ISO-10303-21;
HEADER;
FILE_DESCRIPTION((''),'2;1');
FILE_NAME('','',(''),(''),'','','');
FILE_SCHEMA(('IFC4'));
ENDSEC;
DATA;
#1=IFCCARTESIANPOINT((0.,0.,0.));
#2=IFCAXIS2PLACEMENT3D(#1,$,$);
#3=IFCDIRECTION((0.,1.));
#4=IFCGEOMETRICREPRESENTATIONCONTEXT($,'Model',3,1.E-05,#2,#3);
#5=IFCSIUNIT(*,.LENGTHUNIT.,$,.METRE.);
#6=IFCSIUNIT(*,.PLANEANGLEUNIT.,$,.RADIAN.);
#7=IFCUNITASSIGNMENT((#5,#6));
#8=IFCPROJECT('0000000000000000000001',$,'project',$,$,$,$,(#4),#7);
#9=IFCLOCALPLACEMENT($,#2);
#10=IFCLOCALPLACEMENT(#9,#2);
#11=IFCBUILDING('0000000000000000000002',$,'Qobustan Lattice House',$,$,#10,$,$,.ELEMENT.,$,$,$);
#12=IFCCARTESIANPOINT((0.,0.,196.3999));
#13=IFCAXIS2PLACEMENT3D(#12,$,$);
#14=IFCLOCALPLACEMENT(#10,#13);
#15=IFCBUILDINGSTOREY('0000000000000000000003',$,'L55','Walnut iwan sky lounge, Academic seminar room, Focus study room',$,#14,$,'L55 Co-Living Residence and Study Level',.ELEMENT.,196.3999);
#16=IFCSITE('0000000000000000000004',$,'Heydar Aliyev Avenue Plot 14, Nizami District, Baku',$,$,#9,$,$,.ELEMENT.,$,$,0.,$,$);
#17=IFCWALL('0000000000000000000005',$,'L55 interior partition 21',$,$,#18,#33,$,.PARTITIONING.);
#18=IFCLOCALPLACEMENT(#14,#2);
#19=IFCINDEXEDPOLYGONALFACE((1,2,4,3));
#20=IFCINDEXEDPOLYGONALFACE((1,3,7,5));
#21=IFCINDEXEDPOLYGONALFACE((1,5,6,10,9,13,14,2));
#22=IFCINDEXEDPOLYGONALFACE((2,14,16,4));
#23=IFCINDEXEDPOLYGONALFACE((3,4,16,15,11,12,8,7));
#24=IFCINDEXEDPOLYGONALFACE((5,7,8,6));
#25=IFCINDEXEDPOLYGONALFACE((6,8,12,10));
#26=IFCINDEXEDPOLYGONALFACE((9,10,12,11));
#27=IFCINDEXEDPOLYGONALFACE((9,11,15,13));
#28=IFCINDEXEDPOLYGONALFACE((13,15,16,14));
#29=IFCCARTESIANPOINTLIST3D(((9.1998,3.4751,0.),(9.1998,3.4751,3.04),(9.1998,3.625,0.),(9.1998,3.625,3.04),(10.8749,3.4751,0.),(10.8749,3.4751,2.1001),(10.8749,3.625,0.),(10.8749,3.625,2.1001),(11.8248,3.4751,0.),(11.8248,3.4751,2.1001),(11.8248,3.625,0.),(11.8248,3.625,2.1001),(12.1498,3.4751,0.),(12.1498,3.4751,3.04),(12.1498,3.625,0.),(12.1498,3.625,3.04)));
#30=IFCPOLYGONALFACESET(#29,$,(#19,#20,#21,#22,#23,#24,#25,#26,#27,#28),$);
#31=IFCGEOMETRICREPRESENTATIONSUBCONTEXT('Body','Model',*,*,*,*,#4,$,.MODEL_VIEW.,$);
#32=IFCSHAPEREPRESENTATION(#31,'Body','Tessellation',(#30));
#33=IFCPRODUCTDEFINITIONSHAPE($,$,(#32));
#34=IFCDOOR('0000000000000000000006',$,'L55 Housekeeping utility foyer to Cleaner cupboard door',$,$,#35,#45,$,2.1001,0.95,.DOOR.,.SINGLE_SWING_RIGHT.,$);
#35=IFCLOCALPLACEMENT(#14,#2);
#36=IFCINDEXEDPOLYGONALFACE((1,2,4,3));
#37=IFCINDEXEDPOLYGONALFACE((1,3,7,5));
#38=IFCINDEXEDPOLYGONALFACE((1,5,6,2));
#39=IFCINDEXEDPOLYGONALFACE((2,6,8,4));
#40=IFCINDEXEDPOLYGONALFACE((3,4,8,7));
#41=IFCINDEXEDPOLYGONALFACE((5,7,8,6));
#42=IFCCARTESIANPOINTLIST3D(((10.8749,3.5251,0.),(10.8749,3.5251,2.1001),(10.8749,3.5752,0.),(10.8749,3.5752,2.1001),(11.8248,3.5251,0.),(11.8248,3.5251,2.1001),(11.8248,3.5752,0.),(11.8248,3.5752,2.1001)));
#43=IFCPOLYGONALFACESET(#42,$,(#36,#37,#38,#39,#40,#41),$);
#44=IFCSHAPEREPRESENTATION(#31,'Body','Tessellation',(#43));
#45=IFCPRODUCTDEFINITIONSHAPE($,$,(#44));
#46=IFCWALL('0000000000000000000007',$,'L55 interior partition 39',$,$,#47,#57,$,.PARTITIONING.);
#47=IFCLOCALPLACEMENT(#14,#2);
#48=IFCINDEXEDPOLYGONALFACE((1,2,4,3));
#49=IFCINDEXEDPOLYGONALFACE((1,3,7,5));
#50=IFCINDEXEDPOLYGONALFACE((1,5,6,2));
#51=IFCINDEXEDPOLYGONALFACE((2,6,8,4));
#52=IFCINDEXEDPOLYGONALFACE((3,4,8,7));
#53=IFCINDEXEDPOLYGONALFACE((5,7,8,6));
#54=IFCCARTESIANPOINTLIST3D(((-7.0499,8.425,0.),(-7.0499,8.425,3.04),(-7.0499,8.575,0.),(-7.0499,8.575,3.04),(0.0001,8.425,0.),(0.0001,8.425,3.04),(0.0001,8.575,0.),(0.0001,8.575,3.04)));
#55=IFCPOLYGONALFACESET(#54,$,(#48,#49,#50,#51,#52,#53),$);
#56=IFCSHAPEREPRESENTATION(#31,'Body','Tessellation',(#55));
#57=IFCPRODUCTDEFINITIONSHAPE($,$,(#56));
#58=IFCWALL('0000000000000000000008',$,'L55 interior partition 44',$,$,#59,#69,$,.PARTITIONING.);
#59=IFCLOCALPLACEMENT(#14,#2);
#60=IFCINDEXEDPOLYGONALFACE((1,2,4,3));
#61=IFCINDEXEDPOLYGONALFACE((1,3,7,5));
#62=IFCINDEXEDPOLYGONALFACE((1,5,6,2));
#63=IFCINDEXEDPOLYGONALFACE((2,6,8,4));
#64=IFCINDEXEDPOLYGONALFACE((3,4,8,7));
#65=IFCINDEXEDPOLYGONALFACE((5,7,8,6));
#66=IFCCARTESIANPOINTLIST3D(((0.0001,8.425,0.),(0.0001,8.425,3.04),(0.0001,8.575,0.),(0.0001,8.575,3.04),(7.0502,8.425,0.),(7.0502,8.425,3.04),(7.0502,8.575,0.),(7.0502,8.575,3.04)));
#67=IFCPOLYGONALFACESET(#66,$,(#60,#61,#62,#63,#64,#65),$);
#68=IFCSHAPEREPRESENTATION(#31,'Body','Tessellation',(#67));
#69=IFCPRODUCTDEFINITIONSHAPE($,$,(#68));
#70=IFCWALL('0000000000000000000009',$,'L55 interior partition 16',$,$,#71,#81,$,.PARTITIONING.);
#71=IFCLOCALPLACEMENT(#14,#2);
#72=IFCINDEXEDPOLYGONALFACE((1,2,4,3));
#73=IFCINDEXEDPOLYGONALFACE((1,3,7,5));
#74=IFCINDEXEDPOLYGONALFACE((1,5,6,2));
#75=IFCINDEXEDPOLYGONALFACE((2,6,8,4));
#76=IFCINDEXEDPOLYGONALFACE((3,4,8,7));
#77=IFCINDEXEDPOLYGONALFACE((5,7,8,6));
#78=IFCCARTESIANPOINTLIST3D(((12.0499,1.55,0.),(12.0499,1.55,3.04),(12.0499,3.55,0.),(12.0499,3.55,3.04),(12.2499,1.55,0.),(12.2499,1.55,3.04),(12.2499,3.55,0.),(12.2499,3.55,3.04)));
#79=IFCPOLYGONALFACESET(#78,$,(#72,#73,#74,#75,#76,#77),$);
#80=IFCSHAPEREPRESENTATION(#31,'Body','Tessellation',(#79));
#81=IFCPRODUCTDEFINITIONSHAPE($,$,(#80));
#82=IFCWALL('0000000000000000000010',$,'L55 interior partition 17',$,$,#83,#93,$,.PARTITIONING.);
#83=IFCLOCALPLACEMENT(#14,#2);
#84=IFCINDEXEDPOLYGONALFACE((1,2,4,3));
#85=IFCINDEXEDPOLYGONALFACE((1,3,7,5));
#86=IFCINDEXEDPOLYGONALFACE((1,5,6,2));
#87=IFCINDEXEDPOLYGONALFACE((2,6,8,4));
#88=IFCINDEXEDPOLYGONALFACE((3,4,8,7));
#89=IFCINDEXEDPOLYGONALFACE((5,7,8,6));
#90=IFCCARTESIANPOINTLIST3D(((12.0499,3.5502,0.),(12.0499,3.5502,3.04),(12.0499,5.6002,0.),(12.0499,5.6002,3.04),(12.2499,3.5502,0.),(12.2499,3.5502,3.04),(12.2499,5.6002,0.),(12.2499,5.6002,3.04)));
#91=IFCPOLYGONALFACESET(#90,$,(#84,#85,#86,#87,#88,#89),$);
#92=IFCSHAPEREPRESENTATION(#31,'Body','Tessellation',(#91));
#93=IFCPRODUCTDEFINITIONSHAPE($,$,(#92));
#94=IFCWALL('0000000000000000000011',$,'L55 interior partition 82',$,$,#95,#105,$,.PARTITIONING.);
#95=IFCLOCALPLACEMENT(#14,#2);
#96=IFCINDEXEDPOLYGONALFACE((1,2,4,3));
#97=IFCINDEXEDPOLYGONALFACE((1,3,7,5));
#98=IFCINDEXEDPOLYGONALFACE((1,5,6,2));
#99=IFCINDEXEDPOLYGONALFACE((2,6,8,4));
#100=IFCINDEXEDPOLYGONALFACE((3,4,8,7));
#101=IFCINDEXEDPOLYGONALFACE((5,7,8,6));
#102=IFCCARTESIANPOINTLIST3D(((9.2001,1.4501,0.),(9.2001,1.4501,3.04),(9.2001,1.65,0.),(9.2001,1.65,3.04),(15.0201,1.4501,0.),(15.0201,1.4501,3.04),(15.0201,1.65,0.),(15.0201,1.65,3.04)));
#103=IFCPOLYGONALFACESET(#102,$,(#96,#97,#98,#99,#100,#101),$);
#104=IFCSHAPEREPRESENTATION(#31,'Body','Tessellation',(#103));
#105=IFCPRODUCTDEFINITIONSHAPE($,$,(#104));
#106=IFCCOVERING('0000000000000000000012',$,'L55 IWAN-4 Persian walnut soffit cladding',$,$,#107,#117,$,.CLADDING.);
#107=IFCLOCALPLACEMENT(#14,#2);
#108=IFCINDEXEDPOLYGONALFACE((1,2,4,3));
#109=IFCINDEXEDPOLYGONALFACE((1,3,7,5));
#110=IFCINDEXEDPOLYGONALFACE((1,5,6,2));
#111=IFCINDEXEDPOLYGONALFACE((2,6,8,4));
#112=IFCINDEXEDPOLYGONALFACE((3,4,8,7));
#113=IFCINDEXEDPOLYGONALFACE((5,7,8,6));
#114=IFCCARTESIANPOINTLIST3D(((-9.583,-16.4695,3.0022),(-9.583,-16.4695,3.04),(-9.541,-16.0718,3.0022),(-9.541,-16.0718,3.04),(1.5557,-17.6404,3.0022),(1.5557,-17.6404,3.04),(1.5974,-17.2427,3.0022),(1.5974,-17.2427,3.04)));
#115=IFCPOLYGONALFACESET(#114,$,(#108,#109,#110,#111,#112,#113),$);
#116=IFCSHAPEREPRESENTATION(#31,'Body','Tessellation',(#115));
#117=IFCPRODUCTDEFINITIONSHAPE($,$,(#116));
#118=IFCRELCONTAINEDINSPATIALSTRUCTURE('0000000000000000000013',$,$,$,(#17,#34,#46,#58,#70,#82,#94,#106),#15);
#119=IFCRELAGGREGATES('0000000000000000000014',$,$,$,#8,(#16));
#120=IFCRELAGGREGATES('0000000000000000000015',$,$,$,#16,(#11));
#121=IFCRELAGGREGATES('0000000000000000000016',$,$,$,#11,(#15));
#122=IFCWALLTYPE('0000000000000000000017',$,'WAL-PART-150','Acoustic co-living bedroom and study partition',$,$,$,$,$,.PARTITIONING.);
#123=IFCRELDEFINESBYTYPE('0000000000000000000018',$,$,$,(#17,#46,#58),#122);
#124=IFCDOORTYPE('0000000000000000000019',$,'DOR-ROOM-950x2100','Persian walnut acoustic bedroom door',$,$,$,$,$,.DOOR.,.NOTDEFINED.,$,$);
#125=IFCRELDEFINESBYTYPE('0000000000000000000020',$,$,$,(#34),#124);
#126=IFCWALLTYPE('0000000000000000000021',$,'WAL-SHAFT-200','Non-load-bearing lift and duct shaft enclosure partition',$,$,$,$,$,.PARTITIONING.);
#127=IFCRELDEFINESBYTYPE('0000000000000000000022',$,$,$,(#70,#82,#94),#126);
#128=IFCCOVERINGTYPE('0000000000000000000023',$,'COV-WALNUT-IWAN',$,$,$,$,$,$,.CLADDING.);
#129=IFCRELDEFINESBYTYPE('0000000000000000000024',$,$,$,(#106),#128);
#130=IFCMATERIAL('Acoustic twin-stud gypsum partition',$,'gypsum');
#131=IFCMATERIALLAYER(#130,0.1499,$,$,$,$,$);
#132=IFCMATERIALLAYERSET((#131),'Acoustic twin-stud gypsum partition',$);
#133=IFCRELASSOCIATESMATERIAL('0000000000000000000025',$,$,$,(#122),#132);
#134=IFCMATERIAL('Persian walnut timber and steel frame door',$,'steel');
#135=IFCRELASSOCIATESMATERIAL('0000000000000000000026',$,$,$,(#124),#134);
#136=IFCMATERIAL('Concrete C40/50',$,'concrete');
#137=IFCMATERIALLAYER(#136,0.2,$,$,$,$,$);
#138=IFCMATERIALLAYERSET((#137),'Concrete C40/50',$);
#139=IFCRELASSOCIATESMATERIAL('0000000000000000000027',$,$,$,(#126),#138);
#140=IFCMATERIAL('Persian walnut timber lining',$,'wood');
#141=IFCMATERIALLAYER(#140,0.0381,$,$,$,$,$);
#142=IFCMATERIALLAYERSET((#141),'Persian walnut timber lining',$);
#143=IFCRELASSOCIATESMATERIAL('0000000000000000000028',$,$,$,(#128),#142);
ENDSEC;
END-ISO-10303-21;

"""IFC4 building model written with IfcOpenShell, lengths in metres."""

from ifc_helpers import new_model, si_unit, direction, frame, frame_2d, origin, place, context, subcontext, project, spatial, polyline, rectangle, outline, extrude, material, layer, layer_set, type_object, element, fill, save


model = new_model("IFC4")

# Units and contexts
model_context = context("Model", 3, precision=1e-05, world=origin(), true_north=direction((0.0, 1.0)))
body_context = subcontext(model_context, "Body", "Model", "MODEL_VIEW")
ifc_project = project(units=[si_unit("LENGTHUNIT", "METRE"), si_unit("PLANEANGLEUNIT", "RADIAN")], contexts=[model_context])

# Site, building, storey
site_placement = place(None, origin())
site = spatial("IfcSite", under=ifc_project, at=site_placement, Name="Heydar Aliyev Avenue Plot 14, Nizami District, Baku", CompositionType="ELEMENT", RefElevation=0.0)
building_placement = place(site_placement, origin())
building = spatial("IfcBuilding", under=site, at=building_placement, Name="Qobustan Lattice House", CompositionType="ELEMENT")
storey_placement = place(building_placement, frame((0.0, 0.0, 196.3999)))
storey = spatial("IfcBuildingStorey", under=building, at=storey_placement, Name="L55", Description="Walnut iwan sky lounge, Academic seminar room, Focus study room", LongName="L55 Co-Living Residence and Study Level", CompositionType="ELEMENT", Elevation=196.3999)

# Wall, opening, door
ifc_material_1 = material(Name="Acoustic twin-stud gypsum partition", Category="gypsum")
ifc_layer_1 = layer(ifc_material_1, 0.1499)
ifc_layer_set_1 = layer_set([ifc_layer_1], Name="Acoustic twin-stud gypsum partition")
wall_type_1 = type_object("IfcWallType", Name="WAL-PART-150", Description="Acoustic co-living bedroom and study partition", PredefinedType="PARTITIONING", material=ifc_layer_set_1)
wall_1_placement = place(storey_placement, frame((12.1499, 3.55, 0.0), z_axis=(0.0, 0.0, 1.0), x_axis=(-1.0, 0.0, 0.0)))
wall_1 = element("IfcWall", 1, at=wall_1_placement, inside=storey, type_object=wall_type_1, Name="L55 interior partition 21", PredefinedType="PARTITIONING", context=body_context, shape_type="SweptSolid", body=[
    extrude(rectangle(XDim=2.95, YDim=0.1499, at=frame_2d((1.4751, 0.0))), origin(), (0.0, 0.0, 1.0), 3.04),
])
opening_1_placement = place(wall_1_placement, frame((0.325, 0.0, 0.0)))
opening_1 = element("IfcOpeningElement", 2, at=opening_1_placement, cuts=wall_1, PredefinedType="OPENING", context=body_context, shape_type="SweptSolid", body=[
    extrude(rectangle(XDim=0.95, YDim=2.1001, at=frame_2d((0.4751, 1.05))), frame((0.0, 0.085, 0.0), z_axis=(0.0, -1.0, 0.0), x_axis=(1.0, 0.0, 0.0)), (0.0, 0.0, 1.0), 0.1699),
])
ifc_material_2 = material(Name="Persian walnut timber and steel frame door", Category="steel")
door_type_1 = type_object("IfcDoorType", Name="DOR-ROOM-950x2100", Description="Persian walnut acoustic bedroom door", OperationType="NOTDEFINED", PredefinedType="DOOR", material=ifc_material_2)
door_1_placement = place(opening_1_placement, origin())
door_1 = element("IfcDoor", 3, at=door_1_placement, inside=storey, type_object=door_type_1, Name="L55 Housekeeping utility foyer to Cleaner cupboard door", OperationType="SINGLE_SWING_RIGHT", OverallHeight=2.1001, OverallWidth=0.95, PredefinedType="DOOR", context=body_context, shape_type="SweptSolid", body=[
    extrude(rectangle(XDim=0.95, YDim=2.1001, at=frame_2d((0.4751, 1.05))), frame((0.0, 0.0249, 0.0), z_axis=(0.0, -1.0, 0.0), x_axis=(1.0, 0.0, 0.0)), (0.0, 0.0, 1.0), 0.05),
])
fill(opening_1, door_1)

# Walls
for number, where, z_axis, x_axis, name in (
    (4, (0.0, 8.5, 0.0), (0.0, 0.0, 1.0), (-1.0, 0.0, 0.0), "L55 interior partition 39"),
    (5, (7.05, 8.5, 0.0), (0.0, 0.0, 1.0), (-1.0, 0.0, 0.0), "L55 interior partition 44"),
):
    element("IfcWall", number, at=place(storey_placement, frame(where, z_axis=z_axis, x_axis=x_axis)), inside=storey, type_object=wall_type_1, Name=name, PredefinedType="PARTITIONING", context=body_context, shape_type="SweptSolid", body=[
        extrude(rectangle(XDim=7.05, YDim=0.1499, at=frame_2d((3.5249, 0.0))), origin(), (0.0, 0.0, 1.0), 3.04),
    ])
ifc_material_3 = material(Name="Concrete C40/50", Category="concrete")
ifc_layer_2 = layer(ifc_material_3, 0.2)
ifc_layer_set_2 = layer_set([ifc_layer_2], Name="Concrete C40/50")
wall_type_2 = type_object("IfcWallType", Name="WAL-SHAFT-200", Description="Non-load-bearing lift and duct shaft enclosure partition", PredefinedType="PARTITIONING", material=ifc_layer_set_2)
wall_2_placement = place(storey_placement, frame((12.1499, 3.55, 0.0), z_axis=(0.0, 0.0, 1.0), x_axis=(0.0, -1.0, 0.0)))
element("IfcWall", 6, at=wall_2_placement, inside=storey, type_object=wall_type_2, Name="L55 interior partition 16", PredefinedType="PARTITIONING", context=body_context, shape_type="SweptSolid", body=[
    extrude(rectangle(XDim=2.0, YDim=0.2, at=frame_2d((1.0, 0.0))), origin(), (0.0, 0.0, 1.0), 3.04),
])
wall_3_placement = place(storey_placement, frame((12.1499, 5.6001, 0.0), z_axis=(0.0, 0.0, 1.0), x_axis=(0.0, -1.0, 0.0)))
element("IfcWall", 7, at=wall_3_placement, inside=storey, type_object=wall_type_2, Name="L55 interior partition 17", PredefinedType="PARTITIONING", context=body_context, shape_type="SweptSolid", body=[
    extrude(rectangle(XDim=2.05, YDim=0.2, at=frame_2d((1.0249, 0.0))), origin(), (0.0, 0.0, 1.0), 3.04),
])
wall_4_placement = place(storey_placement, frame((9.2, 1.55, 0.0), z_axis=(0.0, 0.0, 1.0), x_axis=(1.0, 0.0, 0.0)))
element("IfcWall", 8, at=wall_4_placement, inside=storey, type_object=wall_type_2, Name="L55 interior partition 82", PredefinedType="PARTITIONING", context=body_context, shape_type="SweptSolid", body=[
    extrude(rectangle(XDim=5.8201, YDim=0.2, at=frame_2d((2.9102, 0.0))), origin(), (0.0, 0.0, 1.0), 3.04),
])

# Covering
ifc_material_4 = material(Name="Persian walnut timber lining", Category="wood")
ifc_layer_3 = layer(ifc_material_4, 0.0381)
ifc_layer_set_3 = layer_set([ifc_layer_3], Name="Persian walnut timber lining")
covering_type = type_object("IfcCoveringType", Name="COV-WALNUT-IWAN", PredefinedType="CLADDING", material=ifc_layer_set_3)
covering_placement = place(storey_placement, frame((0.0, 0.0, 3.0022)))
element("IfcCovering", 9, at=covering_placement, inside=storey, type_object=covering_type, Name="L55 IWAN-4 Persian walnut soffit cladding", PredefinedType="CLADDING", context=body_context, shape_type="SweptSolid", body=[
    extrude(outline(polyline([(1.5557, -17.6404), (-9.583, -16.4695), (-9.541, -16.0718), (1.5974, -17.2427), (1.5557, -17.6404)])), origin(), (0.0, 0.0, 1.0), 0.0378),
])

save(model, "model.ifc")
